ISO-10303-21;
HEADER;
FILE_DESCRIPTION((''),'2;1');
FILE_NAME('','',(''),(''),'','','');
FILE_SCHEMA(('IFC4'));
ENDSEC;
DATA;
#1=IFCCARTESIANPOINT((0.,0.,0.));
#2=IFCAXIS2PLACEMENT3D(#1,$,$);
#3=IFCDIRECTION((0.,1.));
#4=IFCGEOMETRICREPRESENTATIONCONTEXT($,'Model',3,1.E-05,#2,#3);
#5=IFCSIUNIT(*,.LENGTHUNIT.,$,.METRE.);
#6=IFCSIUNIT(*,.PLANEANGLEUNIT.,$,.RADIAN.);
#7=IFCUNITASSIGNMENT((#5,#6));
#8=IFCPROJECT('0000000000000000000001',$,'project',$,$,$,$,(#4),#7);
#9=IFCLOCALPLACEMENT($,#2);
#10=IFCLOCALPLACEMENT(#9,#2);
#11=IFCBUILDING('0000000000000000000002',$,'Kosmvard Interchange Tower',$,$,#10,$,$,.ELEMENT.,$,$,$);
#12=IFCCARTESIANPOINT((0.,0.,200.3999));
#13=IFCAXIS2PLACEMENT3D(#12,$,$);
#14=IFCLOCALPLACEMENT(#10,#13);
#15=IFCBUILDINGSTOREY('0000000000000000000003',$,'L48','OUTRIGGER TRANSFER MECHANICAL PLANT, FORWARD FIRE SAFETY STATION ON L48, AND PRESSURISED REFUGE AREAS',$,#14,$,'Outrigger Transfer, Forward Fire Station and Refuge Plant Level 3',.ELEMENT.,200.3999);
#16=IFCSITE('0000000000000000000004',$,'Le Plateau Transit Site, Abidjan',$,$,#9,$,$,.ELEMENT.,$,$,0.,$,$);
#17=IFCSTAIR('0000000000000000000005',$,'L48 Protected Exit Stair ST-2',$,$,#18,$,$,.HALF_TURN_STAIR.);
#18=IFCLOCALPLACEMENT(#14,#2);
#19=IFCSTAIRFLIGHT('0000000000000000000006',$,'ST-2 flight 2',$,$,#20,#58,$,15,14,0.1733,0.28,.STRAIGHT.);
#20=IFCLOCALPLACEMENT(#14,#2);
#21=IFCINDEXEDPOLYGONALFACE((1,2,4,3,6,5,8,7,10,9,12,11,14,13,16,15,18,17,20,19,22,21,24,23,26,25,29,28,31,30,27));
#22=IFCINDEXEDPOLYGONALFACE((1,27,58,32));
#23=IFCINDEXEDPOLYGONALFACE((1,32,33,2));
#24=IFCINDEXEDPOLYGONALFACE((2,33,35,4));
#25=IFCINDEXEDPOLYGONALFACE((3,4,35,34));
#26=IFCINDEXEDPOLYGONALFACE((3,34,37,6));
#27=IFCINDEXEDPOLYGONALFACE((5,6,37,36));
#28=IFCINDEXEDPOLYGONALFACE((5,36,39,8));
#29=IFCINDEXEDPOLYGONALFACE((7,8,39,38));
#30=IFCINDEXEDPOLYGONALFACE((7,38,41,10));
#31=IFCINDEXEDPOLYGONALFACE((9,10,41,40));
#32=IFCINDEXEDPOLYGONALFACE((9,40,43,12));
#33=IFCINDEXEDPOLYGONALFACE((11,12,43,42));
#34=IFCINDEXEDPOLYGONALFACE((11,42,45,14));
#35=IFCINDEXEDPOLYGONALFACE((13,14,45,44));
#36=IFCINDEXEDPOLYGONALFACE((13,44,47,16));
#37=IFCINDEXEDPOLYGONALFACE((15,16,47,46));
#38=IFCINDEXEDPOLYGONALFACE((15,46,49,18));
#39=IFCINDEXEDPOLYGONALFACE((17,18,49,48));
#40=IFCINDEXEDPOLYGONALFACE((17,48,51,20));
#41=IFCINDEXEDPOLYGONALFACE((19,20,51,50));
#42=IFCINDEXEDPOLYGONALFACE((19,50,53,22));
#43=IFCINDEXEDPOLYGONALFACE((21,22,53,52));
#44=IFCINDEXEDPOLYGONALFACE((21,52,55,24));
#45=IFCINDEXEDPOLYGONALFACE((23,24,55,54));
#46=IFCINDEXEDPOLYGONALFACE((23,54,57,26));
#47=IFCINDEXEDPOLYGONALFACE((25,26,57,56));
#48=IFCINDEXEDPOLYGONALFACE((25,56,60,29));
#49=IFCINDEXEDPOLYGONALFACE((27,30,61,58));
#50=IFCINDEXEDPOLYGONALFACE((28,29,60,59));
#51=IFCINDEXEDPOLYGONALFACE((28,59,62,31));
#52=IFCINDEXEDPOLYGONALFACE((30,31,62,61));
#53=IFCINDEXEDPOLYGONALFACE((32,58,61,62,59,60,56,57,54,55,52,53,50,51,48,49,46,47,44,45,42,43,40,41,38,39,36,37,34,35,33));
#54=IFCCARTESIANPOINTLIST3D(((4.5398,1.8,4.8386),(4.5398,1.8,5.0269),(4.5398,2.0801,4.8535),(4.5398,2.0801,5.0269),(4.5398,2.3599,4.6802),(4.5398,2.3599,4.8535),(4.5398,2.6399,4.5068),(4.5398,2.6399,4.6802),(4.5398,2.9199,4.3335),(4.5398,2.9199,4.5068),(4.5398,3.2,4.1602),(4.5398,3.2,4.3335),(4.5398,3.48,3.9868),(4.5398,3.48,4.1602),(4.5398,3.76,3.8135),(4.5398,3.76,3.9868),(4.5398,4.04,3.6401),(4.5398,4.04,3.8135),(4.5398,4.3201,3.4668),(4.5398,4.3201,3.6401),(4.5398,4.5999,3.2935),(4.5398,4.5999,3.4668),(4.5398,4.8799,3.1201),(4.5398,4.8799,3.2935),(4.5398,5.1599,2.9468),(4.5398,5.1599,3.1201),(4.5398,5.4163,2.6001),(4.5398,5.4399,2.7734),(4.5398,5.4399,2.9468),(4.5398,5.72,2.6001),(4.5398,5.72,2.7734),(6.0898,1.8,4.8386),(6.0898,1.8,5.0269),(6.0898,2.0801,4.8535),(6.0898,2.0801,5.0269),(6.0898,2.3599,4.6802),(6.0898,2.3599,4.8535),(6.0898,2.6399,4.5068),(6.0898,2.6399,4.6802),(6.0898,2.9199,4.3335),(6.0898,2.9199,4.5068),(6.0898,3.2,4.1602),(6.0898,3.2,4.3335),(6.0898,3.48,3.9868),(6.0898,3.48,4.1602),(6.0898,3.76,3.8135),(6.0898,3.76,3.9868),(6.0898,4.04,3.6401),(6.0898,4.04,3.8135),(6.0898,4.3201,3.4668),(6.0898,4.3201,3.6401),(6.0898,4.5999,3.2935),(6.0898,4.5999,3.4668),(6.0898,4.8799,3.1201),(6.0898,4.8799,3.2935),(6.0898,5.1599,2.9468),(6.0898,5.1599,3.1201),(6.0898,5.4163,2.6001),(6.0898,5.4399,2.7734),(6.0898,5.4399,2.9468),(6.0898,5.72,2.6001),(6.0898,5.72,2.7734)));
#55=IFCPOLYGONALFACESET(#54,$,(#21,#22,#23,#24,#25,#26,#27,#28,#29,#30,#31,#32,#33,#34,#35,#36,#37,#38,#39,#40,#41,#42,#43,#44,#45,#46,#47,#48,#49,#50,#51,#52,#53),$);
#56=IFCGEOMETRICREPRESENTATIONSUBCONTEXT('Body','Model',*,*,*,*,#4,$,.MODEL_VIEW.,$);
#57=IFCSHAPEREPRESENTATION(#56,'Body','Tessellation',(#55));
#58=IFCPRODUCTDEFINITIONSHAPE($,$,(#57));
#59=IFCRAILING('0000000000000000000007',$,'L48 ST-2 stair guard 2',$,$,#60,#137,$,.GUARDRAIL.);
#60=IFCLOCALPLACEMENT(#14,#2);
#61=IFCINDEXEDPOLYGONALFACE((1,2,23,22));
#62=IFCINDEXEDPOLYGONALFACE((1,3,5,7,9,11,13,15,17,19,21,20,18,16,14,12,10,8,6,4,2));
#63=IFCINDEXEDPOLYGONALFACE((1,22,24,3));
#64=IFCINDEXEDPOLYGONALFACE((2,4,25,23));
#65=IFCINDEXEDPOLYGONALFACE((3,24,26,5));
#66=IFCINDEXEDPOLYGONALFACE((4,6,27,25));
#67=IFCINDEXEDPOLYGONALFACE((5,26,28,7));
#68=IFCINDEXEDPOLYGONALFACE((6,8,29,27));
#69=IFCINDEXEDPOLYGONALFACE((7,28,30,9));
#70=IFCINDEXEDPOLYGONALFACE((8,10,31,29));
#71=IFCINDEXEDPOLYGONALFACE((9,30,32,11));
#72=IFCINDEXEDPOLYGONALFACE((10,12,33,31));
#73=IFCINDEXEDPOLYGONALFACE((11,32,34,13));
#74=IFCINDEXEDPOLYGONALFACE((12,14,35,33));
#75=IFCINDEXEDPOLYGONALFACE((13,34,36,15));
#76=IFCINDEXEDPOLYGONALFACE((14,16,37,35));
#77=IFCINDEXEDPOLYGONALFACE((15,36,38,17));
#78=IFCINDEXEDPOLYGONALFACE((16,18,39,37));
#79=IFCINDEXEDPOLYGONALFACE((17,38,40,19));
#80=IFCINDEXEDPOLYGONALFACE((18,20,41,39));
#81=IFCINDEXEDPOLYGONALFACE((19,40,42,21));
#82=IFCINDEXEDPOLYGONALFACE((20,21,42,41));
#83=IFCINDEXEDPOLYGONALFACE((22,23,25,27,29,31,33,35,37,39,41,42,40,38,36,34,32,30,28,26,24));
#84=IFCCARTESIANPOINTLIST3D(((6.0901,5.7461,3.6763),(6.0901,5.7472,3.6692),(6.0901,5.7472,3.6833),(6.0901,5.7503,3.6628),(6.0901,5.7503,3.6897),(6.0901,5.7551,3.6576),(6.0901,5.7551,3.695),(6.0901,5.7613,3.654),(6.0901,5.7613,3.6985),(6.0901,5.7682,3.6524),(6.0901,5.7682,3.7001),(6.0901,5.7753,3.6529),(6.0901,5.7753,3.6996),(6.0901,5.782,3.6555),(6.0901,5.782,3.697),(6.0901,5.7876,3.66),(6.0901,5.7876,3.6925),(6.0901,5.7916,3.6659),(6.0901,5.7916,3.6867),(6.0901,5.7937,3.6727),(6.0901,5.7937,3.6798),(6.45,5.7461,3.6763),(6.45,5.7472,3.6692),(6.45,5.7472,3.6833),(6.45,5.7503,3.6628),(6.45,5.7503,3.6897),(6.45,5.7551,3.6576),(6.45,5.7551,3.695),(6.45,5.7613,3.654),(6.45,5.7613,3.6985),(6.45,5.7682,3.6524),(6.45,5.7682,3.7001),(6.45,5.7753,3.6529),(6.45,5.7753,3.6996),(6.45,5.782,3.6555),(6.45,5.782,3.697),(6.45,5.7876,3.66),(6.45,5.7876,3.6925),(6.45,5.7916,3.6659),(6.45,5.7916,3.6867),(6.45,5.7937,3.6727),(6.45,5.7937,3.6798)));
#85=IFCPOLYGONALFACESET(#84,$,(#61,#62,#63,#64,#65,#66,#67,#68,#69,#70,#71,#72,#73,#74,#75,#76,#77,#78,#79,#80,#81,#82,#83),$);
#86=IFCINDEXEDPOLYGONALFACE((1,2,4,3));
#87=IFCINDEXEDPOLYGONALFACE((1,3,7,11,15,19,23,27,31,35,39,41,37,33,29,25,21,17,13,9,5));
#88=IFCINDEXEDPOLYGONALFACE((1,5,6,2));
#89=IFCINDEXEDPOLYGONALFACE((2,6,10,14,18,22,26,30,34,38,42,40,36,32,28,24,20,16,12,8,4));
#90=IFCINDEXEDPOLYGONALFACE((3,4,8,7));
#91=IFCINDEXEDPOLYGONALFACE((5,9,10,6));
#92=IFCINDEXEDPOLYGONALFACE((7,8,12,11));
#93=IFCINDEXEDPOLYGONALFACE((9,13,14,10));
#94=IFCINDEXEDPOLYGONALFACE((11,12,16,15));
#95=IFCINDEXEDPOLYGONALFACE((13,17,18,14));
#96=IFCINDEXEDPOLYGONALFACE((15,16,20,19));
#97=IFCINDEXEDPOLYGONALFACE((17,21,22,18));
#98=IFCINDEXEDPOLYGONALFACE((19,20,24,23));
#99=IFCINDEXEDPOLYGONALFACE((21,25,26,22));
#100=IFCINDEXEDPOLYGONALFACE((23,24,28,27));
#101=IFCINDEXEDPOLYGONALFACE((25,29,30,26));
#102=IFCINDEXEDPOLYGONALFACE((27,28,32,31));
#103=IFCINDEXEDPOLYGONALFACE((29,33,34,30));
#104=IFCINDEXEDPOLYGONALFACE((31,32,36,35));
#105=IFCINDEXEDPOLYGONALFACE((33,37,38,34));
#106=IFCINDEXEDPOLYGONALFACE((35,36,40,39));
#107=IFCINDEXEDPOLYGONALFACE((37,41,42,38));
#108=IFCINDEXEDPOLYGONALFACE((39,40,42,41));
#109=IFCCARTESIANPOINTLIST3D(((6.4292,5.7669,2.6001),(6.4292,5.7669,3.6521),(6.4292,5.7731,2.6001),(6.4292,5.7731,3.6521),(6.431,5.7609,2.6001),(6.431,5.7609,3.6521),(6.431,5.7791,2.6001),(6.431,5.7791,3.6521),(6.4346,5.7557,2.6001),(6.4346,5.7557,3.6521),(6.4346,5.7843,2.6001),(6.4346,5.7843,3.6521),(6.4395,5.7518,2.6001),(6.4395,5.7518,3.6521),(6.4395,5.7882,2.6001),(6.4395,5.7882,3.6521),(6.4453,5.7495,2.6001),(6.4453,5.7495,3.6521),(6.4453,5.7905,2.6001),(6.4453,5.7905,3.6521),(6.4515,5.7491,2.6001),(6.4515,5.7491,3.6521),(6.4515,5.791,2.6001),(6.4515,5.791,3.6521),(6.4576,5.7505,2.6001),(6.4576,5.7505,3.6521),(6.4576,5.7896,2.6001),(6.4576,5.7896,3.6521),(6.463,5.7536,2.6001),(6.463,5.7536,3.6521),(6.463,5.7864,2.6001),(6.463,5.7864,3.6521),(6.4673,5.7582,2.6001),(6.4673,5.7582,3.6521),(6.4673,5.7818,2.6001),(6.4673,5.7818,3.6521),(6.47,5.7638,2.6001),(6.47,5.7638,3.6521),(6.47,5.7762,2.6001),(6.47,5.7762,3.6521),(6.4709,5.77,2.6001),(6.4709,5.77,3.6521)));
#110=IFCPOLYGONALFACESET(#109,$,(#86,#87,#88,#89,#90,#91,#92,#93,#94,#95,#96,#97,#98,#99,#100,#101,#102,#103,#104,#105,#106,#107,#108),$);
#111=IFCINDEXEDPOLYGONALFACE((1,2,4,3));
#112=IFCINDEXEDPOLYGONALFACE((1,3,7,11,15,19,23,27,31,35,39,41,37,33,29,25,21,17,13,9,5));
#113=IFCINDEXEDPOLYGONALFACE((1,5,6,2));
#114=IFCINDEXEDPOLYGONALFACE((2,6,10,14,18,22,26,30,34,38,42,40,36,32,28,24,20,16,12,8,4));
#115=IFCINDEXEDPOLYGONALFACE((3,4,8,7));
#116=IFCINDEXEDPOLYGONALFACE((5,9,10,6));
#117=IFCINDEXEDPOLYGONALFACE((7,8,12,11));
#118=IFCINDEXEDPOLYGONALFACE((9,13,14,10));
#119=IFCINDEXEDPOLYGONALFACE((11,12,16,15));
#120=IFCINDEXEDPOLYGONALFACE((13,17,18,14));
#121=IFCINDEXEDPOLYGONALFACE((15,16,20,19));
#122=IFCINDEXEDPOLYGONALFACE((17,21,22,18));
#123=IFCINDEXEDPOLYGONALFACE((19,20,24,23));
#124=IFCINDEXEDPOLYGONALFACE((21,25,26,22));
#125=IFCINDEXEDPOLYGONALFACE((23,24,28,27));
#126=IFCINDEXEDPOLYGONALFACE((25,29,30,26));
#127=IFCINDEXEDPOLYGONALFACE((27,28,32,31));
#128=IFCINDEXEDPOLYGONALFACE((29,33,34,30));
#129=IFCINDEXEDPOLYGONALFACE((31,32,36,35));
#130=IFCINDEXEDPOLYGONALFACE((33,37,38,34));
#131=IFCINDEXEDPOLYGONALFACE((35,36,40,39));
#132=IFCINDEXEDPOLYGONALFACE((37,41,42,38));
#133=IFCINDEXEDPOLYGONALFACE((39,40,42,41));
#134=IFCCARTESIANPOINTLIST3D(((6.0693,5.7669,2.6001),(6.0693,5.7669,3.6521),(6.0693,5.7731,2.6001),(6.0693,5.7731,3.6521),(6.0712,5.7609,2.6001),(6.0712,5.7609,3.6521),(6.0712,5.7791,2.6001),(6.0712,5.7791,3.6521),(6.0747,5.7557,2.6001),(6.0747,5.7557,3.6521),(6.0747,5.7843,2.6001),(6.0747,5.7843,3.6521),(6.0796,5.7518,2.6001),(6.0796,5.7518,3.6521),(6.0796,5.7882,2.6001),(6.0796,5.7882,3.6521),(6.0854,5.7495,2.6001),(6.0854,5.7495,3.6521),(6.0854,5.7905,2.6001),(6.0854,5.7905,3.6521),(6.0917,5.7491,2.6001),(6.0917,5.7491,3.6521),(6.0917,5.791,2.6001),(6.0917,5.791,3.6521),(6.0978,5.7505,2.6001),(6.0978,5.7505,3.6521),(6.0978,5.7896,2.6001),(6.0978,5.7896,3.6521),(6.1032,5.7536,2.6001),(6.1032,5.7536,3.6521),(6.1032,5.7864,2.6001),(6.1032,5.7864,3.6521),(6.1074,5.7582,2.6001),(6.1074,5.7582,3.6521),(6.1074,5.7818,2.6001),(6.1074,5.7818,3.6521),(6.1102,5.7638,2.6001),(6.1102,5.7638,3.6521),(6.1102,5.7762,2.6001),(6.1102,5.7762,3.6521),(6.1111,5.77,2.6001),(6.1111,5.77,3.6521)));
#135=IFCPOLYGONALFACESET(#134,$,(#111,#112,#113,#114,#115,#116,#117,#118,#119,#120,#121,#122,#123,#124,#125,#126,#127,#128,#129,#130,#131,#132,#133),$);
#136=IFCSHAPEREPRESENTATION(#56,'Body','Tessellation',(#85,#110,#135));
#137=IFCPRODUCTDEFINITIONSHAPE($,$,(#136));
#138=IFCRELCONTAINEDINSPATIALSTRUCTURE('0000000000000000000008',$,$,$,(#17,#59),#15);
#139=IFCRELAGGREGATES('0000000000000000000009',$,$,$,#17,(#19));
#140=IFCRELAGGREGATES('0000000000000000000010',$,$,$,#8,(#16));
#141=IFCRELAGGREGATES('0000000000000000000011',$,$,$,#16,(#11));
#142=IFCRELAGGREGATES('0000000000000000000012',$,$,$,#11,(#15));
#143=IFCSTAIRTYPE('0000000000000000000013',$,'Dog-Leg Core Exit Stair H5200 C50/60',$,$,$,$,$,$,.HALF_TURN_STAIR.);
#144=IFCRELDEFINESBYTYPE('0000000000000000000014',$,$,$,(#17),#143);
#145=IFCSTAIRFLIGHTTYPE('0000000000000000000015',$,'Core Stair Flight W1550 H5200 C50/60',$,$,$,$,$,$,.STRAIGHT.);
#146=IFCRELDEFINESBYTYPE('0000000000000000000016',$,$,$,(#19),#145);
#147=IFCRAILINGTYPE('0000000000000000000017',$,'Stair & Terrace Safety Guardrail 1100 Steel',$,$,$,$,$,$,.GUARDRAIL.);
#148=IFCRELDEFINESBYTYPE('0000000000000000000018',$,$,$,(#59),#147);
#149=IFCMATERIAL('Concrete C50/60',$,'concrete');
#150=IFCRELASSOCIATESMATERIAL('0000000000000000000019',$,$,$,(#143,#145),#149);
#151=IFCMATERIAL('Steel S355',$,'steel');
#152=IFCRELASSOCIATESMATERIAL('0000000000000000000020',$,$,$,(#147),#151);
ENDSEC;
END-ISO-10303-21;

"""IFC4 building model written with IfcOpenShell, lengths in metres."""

from ifc_helpers import new_model, si_unit, direction, frame, origin, origin_2d, place, context, subcontext, project, spatial, polyline, circle, outline, extrude, source, transform, mapped, material, type_object, element, aggregate, save


model = new_model("IFC4")

# Units and contexts
model_context = context("Model", 3, precision=1e-05, world=origin(), true_north=direction((0.0, 1.0)))
body_context = subcontext(model_context, "Body", "Model", "MODEL_VIEW")
ifc_project = project(units=[si_unit("LENGTHUNIT", "METRE"), si_unit("PLANEANGLEUNIT", "RADIAN")], contexts=[model_context])

# Site, building, storey
site_placement = place(None, origin())
site = spatial("IfcSite", under=ifc_project, at=site_placement, Name="Le Plateau Transit Site, Abidjan", CompositionType="ELEMENT", RefElevation=0.0)
building_placement = place(site_placement, origin())
building = spatial("IfcBuilding", under=site, at=building_placement, Name="Kosmvard Interchange Tower", CompositionType="ELEMENT")
storey_placement = place(building_placement, frame((0.0, 0.0, 200.3999)))
storey = spatial("IfcBuildingStorey", under=building, at=storey_placement, Name="L48", Description="OUTRIGGER TRANSFER MECHANICAL PLANT, FORWARD FIRE SAFETY STATION ON L48, AND PRESSURISED REFUGE AREAS", LongName="Outrigger Transfer, Forward Fire Station and Refuge Plant Level 3", CompositionType="ELEMENT", Elevation=200.3999)

# Shared definitions
ifc_material_1 = material(Name="Concrete C50/60", Category="concrete")

# Stair
stair_type = type_object("IfcStairType", Name="Dog-Leg Core Exit Stair H5200 C50/60", PredefinedType="HALF_TURN_STAIR", material=ifc_material_1)
stair_1_placement = place(storey_placement, origin())
stair_1 = element("IfcStair", 1, at=stair_1_placement, inside=storey, type_object=stair_type, Name="L48 Protected Exit Stair ST-2", PredefinedType="HALF_TURN_STAIR")

# Stair flight
stair_flight_type = type_object("IfcStairFlightType", Name="Core Stair Flight W1550 H5200 C50/60", PredefinedType="STRAIGHT", material=ifc_material_1)
shared_shape_1 = source(origin(), body_context, "Body", "SweptSolid", [
    extrude(outline(polyline([(0.0, 0.0), (0.0, 0.1733), (0.28, 0.1733), (0.28, 0.3467), (0.5601, 0.3467), (0.5601, 0.52), (0.8401, 0.52), (0.8401, 0.6934), (1.1201, 0.6934), (1.1201, 0.8667), (1.3999, 0.8667), (1.3999, 1.04), (1.6799, 1.04), (1.6799, 1.2134), (1.96, 1.2134), (1.96, 1.3867), (2.24, 1.3867), (2.24, 1.5601), (2.52, 1.5601), (2.52, 1.7334), (2.8, 1.7334), (2.8, 1.9067), (3.0801, 1.9067), (3.0801, 2.0801), (3.3601, 2.0801), (3.3601, 2.2534), (3.6399, 2.2534), (3.6399, 2.4268), (3.9199, 2.4268), (3.9199, 2.6001), (3.9199, 2.2385), (0.3037, 0.0), (0.0, 0.0)])), frame((0.0, 0.7749, 0.0), z_axis=(0.0, -1.0, 0.0), x_axis=(1.0, 0.0, 0.0)), (0.0, 0.0, 1.0), 1.55),
])
stair_flight_1_placement = place(storey_placement, frame((5.3149, 5.72, 2.6001), z_axis=(0.0, 0.0, 1.0), x_axis=(0.0, -1.0, 0.0)))
stair_flight_1 = element("IfcStairFlight", 2, at=stair_flight_1_placement, type_object=stair_flight_type, Name="ST-2 flight 2", NumberOfRisers=15, NumberOfTreads=14, PredefinedType="STRAIGHT", RiserHeight=0.1733, TreadLength=0.28, context=body_context, shape_type="MappedRepresentation", body=[
    mapped(shared_shape_1, transform((0.0, 0.0, 0.0), scale=1.0)),
])
aggregate(stair_1, [stair_flight_1])

# Railing
ifc_material_2 = material(Name="Steel S355", Category="steel")
railing_type_1 = type_object("IfcRailingType", Name="Stair & Terrace Safety Guardrail 1100 Steel", PredefinedType="GUARDRAIL", material=ifc_material_2)
shared_shape_2 = source(origin(), body_context, "Body", "SweptSolid", [
    extrude(circle(Radius=0.0239, at=origin_2d()), frame((0.0, 0.0, 1.0762), z_axis=(-1.0, 0.0, 0.0), x_axis=(0.0, -1.0, 0.0)), (0.0, 0.0, 1.0), 0.3599),
    extrude(circle(Radius=0.021, at=origin_2d()), origin(), (0.0, 0.0, 1.0), 1.052),
    extrude(circle(Radius=0.021, at=origin_2d()), frame((-0.3599, 0.0, 0.0)), (0.0, 0.0, 1.0), 1.052),
])
for number, where, name in (
    (3, (6.45, 5.77, 2.6001), "L48 ST-2 stair guard 2"),
):
    element("IfcRailing", number, at=place(storey_placement, frame(where)), inside=storey, type_object=railing_type_1, Name=name, PredefinedType="GUARDRAIL", context=body_context, shape_type="MappedRepresentation", body=[
        mapped(shared_shape_2, transform((0.0, 0.0, 0.0), scale=1.0)),
    ])

save(model, "model.ifc")
